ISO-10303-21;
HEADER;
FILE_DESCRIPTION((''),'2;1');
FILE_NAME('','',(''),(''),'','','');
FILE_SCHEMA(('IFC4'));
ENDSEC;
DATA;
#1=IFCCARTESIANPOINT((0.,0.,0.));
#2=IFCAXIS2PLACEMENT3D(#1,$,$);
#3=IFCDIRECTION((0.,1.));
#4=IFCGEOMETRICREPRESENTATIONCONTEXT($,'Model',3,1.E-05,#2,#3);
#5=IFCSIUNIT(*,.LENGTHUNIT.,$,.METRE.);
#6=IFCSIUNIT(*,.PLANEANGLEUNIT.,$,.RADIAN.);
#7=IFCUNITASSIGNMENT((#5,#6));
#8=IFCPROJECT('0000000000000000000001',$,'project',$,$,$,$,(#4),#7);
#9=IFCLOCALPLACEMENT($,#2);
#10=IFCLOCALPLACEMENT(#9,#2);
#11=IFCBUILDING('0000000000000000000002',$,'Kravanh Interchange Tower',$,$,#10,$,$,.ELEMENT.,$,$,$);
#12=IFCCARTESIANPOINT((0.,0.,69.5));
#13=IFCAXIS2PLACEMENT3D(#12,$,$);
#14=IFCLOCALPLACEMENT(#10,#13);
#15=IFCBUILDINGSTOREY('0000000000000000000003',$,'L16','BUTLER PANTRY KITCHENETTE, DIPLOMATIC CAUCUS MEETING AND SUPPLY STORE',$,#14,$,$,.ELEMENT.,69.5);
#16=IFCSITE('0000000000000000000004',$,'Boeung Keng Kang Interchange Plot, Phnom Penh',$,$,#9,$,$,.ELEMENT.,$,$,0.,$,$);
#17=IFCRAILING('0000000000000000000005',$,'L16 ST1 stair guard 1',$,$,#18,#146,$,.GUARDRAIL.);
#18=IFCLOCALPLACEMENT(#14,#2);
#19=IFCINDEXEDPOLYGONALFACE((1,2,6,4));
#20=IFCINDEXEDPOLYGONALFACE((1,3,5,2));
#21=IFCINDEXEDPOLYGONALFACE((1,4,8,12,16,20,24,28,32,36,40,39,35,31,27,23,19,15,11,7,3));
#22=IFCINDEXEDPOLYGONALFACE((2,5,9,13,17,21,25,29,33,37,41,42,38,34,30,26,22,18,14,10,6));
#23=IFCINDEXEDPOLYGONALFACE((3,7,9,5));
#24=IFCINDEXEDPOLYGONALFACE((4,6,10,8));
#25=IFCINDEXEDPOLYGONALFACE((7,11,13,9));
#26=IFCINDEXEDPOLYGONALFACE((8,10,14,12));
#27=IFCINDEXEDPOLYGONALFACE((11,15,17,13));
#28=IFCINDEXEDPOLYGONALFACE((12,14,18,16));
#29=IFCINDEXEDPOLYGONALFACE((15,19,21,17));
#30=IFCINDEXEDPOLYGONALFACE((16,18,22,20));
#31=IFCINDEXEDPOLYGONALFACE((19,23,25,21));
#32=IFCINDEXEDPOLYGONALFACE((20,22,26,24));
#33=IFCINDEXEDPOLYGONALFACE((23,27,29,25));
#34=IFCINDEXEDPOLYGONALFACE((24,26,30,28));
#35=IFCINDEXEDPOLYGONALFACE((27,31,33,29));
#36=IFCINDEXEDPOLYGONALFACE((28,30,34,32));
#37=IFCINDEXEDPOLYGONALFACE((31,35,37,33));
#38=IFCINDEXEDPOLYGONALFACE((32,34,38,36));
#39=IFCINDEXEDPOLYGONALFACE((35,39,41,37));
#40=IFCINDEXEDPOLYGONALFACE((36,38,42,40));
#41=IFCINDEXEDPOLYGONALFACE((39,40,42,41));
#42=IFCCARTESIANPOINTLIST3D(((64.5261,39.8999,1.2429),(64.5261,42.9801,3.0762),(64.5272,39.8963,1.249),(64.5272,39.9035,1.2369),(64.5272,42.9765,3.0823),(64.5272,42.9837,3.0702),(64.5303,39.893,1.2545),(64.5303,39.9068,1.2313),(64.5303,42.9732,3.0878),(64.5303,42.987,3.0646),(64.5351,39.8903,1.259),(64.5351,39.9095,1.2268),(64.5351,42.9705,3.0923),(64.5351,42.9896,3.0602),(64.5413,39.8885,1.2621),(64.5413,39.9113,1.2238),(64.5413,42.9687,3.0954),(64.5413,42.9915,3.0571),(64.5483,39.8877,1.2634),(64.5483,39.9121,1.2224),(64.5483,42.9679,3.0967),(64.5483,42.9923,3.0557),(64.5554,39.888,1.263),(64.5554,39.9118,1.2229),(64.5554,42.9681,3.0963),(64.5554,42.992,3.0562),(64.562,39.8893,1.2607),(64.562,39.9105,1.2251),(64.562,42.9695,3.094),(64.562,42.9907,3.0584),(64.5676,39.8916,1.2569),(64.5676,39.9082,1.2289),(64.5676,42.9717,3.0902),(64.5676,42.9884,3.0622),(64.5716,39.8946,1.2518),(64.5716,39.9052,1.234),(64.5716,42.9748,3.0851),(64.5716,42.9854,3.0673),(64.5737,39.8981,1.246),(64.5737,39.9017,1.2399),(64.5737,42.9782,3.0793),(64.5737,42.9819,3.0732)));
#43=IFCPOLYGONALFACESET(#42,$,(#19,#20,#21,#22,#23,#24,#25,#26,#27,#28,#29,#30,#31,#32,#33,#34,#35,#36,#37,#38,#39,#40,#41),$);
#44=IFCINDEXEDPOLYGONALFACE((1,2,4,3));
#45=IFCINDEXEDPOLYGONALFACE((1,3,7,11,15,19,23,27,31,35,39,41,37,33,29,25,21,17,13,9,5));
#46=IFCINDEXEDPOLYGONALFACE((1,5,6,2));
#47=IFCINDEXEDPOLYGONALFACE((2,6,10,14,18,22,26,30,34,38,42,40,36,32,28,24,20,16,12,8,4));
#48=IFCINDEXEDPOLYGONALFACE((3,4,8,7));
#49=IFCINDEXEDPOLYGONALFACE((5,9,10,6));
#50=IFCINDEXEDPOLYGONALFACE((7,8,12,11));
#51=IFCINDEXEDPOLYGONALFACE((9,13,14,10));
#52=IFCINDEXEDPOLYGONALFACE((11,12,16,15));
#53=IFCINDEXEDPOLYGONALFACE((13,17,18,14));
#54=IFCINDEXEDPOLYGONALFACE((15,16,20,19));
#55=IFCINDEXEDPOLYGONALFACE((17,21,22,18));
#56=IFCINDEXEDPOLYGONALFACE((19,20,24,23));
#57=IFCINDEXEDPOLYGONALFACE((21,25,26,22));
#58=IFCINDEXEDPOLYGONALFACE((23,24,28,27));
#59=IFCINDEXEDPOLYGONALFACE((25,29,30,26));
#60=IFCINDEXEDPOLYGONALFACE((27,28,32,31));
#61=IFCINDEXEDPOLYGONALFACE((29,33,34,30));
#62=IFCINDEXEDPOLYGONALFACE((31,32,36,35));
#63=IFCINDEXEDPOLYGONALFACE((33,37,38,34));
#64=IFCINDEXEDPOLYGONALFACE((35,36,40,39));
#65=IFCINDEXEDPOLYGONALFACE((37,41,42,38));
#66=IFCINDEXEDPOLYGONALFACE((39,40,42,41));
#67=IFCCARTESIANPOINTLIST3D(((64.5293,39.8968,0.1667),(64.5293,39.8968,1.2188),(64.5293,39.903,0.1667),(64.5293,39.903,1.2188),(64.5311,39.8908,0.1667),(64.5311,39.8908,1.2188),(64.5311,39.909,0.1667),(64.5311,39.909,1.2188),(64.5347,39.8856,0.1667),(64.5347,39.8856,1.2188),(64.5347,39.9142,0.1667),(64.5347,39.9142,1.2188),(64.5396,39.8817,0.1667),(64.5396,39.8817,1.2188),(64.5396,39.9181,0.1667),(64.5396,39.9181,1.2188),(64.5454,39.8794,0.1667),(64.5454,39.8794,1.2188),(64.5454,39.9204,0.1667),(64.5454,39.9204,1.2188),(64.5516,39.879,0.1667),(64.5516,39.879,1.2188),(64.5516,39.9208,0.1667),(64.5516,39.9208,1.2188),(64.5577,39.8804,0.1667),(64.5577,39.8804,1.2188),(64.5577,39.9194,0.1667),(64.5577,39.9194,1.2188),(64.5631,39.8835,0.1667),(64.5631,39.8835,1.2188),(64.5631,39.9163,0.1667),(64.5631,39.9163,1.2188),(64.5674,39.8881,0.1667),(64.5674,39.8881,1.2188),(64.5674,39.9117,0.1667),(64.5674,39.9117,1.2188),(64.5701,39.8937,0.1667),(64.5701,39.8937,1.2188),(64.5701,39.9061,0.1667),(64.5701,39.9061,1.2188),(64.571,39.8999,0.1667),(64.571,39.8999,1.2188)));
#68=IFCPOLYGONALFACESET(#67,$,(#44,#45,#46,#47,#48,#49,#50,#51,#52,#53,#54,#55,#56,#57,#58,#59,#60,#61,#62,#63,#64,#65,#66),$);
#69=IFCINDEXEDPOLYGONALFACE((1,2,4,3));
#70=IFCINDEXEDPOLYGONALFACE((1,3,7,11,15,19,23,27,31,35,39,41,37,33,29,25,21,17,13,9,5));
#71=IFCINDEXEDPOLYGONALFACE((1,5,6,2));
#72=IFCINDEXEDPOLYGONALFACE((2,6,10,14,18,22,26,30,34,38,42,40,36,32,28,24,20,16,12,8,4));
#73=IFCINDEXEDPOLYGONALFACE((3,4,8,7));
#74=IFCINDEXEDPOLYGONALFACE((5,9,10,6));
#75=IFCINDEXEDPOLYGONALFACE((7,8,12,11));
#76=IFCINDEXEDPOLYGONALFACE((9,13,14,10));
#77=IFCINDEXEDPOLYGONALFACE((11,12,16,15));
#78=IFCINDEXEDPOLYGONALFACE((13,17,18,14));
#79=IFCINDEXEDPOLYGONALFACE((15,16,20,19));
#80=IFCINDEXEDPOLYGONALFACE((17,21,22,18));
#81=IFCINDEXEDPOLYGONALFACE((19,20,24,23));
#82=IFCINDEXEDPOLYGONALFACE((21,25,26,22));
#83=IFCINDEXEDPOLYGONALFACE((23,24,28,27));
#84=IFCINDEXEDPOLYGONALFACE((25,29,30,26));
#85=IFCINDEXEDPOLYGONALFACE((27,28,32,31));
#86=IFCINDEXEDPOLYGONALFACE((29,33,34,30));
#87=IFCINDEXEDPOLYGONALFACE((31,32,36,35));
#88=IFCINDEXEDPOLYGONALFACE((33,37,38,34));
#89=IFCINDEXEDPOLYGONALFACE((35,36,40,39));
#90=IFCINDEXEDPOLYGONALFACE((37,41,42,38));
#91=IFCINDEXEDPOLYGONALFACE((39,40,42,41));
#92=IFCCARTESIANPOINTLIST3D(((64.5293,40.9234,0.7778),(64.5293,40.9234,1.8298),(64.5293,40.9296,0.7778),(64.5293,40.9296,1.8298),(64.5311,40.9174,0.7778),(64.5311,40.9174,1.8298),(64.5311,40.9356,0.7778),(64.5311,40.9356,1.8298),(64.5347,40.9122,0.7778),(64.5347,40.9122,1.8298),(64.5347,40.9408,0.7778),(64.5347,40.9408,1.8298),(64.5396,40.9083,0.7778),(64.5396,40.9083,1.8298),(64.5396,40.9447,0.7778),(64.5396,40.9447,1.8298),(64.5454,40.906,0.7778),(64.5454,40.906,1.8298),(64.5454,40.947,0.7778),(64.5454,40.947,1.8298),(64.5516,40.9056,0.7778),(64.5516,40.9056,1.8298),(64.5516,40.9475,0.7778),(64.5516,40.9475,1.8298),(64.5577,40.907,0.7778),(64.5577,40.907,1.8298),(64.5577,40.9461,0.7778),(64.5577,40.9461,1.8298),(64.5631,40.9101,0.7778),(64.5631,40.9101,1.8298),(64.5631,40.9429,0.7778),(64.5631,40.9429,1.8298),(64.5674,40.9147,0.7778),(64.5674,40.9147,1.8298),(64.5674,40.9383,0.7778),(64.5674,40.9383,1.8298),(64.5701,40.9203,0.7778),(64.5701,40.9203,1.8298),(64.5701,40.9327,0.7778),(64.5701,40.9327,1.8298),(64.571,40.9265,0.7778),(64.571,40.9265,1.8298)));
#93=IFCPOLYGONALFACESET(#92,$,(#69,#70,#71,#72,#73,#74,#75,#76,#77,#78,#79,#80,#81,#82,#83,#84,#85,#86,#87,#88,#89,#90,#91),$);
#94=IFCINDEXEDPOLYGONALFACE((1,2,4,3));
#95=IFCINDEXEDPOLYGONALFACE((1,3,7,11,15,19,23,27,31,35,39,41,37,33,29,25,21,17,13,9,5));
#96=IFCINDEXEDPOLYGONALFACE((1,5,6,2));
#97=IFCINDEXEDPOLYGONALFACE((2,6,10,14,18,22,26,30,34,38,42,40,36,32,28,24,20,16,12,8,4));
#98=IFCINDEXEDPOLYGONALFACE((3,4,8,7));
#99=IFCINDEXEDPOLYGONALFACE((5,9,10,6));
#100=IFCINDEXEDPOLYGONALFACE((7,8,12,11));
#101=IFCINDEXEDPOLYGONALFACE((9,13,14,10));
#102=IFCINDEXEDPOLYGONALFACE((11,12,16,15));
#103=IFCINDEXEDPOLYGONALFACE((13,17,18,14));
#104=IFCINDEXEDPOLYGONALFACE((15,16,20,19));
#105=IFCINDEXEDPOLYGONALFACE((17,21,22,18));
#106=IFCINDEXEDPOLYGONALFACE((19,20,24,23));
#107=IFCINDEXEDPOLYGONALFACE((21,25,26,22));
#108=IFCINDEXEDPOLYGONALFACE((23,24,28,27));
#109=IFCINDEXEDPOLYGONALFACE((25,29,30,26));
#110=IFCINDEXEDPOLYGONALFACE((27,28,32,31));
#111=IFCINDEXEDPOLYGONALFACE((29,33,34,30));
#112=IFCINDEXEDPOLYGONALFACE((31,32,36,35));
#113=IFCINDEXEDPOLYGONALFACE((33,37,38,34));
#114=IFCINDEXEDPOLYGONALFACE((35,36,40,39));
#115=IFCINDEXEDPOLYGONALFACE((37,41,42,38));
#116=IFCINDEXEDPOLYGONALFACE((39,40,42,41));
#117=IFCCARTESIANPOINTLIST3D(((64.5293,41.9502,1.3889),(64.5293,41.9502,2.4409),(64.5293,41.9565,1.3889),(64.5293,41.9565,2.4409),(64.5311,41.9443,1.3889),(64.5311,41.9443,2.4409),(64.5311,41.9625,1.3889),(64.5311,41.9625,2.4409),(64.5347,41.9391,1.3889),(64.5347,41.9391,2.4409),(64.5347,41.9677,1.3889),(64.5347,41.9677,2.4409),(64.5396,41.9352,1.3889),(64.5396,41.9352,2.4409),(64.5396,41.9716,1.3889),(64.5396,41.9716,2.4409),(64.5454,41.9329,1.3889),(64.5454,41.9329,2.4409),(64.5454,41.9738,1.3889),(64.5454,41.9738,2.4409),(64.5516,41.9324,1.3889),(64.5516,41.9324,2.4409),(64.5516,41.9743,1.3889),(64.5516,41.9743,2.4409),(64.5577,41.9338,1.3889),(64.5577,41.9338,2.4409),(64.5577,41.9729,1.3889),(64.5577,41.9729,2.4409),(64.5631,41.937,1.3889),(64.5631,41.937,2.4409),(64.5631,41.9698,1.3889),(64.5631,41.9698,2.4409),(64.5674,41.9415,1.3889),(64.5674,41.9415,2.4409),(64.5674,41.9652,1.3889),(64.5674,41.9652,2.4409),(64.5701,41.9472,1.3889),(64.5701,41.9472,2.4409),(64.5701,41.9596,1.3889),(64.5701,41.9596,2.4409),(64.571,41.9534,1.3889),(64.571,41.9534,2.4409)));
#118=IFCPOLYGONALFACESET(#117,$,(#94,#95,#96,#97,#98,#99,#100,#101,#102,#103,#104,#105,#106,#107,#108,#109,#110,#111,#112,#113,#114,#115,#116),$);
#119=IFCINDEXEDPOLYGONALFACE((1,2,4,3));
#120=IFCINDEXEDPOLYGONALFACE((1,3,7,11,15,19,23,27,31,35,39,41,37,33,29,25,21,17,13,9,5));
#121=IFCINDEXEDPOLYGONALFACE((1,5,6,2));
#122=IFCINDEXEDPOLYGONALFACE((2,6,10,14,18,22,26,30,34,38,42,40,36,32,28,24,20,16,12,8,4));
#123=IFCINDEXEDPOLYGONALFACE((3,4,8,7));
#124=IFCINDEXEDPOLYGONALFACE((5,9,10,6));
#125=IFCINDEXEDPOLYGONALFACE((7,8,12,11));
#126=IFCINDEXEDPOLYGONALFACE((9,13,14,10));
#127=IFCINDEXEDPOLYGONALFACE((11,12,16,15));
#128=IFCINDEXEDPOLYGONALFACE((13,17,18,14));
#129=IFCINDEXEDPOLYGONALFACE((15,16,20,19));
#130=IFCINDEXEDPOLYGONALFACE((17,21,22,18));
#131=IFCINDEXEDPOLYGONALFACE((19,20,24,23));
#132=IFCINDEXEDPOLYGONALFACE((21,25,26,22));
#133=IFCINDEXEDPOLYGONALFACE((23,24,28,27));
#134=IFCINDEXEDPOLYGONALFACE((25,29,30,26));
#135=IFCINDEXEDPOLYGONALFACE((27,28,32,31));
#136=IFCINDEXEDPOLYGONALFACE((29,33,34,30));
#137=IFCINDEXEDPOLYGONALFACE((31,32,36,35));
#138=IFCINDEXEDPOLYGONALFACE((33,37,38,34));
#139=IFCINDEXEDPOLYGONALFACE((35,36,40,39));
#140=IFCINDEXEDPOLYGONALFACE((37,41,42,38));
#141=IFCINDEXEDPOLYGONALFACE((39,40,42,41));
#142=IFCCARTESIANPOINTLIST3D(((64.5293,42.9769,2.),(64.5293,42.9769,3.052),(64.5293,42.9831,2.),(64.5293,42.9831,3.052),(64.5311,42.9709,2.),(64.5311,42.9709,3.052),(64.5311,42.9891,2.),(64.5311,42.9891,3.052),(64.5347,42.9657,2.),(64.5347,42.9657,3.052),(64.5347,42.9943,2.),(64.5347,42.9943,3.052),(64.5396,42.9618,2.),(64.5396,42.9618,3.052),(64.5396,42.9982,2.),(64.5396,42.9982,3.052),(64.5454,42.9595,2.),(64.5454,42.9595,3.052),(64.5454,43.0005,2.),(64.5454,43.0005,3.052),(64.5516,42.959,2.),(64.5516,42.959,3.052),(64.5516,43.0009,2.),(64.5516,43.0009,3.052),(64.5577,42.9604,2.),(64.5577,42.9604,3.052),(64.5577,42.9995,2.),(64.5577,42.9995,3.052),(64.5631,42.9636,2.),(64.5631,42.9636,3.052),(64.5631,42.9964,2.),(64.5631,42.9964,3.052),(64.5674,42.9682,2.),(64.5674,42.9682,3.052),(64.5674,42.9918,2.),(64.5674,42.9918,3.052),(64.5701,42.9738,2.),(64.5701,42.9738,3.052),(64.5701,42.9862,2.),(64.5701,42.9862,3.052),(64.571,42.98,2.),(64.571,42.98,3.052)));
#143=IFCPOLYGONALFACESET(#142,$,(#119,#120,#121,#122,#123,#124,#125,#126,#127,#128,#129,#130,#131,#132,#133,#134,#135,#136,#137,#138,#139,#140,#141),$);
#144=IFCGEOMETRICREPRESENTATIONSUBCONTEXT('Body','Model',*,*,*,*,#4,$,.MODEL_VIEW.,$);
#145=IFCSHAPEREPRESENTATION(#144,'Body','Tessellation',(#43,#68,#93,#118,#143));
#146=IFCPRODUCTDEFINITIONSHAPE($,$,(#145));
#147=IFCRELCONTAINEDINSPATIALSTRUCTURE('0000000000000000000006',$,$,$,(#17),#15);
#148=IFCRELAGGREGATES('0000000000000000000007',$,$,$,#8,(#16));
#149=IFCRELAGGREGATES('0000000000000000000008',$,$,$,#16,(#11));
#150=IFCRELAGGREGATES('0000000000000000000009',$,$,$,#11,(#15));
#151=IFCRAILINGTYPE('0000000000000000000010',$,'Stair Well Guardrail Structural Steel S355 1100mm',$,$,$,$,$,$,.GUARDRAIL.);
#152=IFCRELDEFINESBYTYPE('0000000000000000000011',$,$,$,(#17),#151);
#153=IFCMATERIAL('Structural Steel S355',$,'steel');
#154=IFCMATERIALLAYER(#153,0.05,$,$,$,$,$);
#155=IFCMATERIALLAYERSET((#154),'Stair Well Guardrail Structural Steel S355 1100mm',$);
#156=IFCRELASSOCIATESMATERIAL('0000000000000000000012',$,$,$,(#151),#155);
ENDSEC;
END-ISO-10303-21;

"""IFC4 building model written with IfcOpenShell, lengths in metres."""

from ifc_helpers import new_model, si_unit, direction, frame, origin, origin_2d, place, context, subcontext, project, spatial, circle, extrude, material, layer, layer_set, type_object, element, save


model = new_model("IFC4")

# Units and contexts
model_context = context("Model", 3, precision=1e-05, world=origin(), true_north=direction((0.0, 1.0)))
body_context = subcontext(model_context, "Body", "Model", "MODEL_VIEW")
ifc_project = project(units=[si_unit("LENGTHUNIT", "METRE"), si_unit("PLANEANGLEUNIT", "RADIAN")], contexts=[model_context])

# Site, building, storey
site_placement = place(None, origin())
site = spatial("IfcSite", under=ifc_project, at=site_placement, Name="Boeung Keng Kang Interchange Plot, Phnom Penh", CompositionType="ELEMENT", RefElevation=0.0)
building_placement = place(site_placement, origin())
building = spatial("IfcBuilding", under=site, at=building_placement, Name="Kravanh Interchange Tower", CompositionType="ELEMENT")
storey_placement = place(building_placement, frame((0.0, 0.0, 69.5)))
storey = spatial("IfcBuildingStorey", under=building, at=storey_placement, Name="L16", Description="BUTLER PANTRY KITCHENETTE, DIPLOMATIC CAUCUS MEETING AND SUPPLY STORE", CompositionType="ELEMENT", Elevation=69.5)

# Railing
ifc_material_1 = material(Name="Structural Steel S355", Category="steel")
ifc_layer_1 = layer(ifc_material_1, 0.05)
ifc_layer_set_1 = layer_set([ifc_layer_1], Name="Stair Well Guardrail Structural Steel S355 1100mm")
railing_type_1 = type_object("IfcRailingType", Name="Stair Well Guardrail Structural Steel S355 1100mm", PredefinedType="GUARDRAIL", material=ifc_layer_set_1)
railing_1_placement = place(storey_placement, frame((64.55, 39.8999, 0.1667)))
element("IfcRailing", 1, at=railing_1_placement, inside=storey, type_object=railing_type_1, Name="L16 ST1 stair guard 1", PredefinedType="GUARDRAIL", context=body_context, shape_type="SweptSolid", body=[
    extrude(circle(Radius=0.0239, at=origin_2d()), frame((0.0, 0.0, 1.0762), z_axis=(0.0, 0.859309, 0.511458), x_axis=(-1.0, 0.0, 0.0)), (0.0, 0.0, 1.0), 3.5845),
    extrude(circle(Radius=0.021, at=origin_2d()), origin(), (0.0, 0.0, 1.0), 1.052),
    extrude(circle(Radius=0.021, at=origin_2d()), frame((0.0, 1.0266, 0.6111)), (0.0, 0.0, 1.0), 1.052),
    extrude(circle(Radius=0.021, at=origin_2d()), frame((0.0, 2.0535, 1.2222)), (0.0, 0.0, 1.0), 1.052),
    extrude(circle(Radius=0.021, at=origin_2d()), frame((0.0, 3.0801, 1.8333)), (0.0, 0.0, 1.0), 1.052),
])

save(model, "model.ifc")
